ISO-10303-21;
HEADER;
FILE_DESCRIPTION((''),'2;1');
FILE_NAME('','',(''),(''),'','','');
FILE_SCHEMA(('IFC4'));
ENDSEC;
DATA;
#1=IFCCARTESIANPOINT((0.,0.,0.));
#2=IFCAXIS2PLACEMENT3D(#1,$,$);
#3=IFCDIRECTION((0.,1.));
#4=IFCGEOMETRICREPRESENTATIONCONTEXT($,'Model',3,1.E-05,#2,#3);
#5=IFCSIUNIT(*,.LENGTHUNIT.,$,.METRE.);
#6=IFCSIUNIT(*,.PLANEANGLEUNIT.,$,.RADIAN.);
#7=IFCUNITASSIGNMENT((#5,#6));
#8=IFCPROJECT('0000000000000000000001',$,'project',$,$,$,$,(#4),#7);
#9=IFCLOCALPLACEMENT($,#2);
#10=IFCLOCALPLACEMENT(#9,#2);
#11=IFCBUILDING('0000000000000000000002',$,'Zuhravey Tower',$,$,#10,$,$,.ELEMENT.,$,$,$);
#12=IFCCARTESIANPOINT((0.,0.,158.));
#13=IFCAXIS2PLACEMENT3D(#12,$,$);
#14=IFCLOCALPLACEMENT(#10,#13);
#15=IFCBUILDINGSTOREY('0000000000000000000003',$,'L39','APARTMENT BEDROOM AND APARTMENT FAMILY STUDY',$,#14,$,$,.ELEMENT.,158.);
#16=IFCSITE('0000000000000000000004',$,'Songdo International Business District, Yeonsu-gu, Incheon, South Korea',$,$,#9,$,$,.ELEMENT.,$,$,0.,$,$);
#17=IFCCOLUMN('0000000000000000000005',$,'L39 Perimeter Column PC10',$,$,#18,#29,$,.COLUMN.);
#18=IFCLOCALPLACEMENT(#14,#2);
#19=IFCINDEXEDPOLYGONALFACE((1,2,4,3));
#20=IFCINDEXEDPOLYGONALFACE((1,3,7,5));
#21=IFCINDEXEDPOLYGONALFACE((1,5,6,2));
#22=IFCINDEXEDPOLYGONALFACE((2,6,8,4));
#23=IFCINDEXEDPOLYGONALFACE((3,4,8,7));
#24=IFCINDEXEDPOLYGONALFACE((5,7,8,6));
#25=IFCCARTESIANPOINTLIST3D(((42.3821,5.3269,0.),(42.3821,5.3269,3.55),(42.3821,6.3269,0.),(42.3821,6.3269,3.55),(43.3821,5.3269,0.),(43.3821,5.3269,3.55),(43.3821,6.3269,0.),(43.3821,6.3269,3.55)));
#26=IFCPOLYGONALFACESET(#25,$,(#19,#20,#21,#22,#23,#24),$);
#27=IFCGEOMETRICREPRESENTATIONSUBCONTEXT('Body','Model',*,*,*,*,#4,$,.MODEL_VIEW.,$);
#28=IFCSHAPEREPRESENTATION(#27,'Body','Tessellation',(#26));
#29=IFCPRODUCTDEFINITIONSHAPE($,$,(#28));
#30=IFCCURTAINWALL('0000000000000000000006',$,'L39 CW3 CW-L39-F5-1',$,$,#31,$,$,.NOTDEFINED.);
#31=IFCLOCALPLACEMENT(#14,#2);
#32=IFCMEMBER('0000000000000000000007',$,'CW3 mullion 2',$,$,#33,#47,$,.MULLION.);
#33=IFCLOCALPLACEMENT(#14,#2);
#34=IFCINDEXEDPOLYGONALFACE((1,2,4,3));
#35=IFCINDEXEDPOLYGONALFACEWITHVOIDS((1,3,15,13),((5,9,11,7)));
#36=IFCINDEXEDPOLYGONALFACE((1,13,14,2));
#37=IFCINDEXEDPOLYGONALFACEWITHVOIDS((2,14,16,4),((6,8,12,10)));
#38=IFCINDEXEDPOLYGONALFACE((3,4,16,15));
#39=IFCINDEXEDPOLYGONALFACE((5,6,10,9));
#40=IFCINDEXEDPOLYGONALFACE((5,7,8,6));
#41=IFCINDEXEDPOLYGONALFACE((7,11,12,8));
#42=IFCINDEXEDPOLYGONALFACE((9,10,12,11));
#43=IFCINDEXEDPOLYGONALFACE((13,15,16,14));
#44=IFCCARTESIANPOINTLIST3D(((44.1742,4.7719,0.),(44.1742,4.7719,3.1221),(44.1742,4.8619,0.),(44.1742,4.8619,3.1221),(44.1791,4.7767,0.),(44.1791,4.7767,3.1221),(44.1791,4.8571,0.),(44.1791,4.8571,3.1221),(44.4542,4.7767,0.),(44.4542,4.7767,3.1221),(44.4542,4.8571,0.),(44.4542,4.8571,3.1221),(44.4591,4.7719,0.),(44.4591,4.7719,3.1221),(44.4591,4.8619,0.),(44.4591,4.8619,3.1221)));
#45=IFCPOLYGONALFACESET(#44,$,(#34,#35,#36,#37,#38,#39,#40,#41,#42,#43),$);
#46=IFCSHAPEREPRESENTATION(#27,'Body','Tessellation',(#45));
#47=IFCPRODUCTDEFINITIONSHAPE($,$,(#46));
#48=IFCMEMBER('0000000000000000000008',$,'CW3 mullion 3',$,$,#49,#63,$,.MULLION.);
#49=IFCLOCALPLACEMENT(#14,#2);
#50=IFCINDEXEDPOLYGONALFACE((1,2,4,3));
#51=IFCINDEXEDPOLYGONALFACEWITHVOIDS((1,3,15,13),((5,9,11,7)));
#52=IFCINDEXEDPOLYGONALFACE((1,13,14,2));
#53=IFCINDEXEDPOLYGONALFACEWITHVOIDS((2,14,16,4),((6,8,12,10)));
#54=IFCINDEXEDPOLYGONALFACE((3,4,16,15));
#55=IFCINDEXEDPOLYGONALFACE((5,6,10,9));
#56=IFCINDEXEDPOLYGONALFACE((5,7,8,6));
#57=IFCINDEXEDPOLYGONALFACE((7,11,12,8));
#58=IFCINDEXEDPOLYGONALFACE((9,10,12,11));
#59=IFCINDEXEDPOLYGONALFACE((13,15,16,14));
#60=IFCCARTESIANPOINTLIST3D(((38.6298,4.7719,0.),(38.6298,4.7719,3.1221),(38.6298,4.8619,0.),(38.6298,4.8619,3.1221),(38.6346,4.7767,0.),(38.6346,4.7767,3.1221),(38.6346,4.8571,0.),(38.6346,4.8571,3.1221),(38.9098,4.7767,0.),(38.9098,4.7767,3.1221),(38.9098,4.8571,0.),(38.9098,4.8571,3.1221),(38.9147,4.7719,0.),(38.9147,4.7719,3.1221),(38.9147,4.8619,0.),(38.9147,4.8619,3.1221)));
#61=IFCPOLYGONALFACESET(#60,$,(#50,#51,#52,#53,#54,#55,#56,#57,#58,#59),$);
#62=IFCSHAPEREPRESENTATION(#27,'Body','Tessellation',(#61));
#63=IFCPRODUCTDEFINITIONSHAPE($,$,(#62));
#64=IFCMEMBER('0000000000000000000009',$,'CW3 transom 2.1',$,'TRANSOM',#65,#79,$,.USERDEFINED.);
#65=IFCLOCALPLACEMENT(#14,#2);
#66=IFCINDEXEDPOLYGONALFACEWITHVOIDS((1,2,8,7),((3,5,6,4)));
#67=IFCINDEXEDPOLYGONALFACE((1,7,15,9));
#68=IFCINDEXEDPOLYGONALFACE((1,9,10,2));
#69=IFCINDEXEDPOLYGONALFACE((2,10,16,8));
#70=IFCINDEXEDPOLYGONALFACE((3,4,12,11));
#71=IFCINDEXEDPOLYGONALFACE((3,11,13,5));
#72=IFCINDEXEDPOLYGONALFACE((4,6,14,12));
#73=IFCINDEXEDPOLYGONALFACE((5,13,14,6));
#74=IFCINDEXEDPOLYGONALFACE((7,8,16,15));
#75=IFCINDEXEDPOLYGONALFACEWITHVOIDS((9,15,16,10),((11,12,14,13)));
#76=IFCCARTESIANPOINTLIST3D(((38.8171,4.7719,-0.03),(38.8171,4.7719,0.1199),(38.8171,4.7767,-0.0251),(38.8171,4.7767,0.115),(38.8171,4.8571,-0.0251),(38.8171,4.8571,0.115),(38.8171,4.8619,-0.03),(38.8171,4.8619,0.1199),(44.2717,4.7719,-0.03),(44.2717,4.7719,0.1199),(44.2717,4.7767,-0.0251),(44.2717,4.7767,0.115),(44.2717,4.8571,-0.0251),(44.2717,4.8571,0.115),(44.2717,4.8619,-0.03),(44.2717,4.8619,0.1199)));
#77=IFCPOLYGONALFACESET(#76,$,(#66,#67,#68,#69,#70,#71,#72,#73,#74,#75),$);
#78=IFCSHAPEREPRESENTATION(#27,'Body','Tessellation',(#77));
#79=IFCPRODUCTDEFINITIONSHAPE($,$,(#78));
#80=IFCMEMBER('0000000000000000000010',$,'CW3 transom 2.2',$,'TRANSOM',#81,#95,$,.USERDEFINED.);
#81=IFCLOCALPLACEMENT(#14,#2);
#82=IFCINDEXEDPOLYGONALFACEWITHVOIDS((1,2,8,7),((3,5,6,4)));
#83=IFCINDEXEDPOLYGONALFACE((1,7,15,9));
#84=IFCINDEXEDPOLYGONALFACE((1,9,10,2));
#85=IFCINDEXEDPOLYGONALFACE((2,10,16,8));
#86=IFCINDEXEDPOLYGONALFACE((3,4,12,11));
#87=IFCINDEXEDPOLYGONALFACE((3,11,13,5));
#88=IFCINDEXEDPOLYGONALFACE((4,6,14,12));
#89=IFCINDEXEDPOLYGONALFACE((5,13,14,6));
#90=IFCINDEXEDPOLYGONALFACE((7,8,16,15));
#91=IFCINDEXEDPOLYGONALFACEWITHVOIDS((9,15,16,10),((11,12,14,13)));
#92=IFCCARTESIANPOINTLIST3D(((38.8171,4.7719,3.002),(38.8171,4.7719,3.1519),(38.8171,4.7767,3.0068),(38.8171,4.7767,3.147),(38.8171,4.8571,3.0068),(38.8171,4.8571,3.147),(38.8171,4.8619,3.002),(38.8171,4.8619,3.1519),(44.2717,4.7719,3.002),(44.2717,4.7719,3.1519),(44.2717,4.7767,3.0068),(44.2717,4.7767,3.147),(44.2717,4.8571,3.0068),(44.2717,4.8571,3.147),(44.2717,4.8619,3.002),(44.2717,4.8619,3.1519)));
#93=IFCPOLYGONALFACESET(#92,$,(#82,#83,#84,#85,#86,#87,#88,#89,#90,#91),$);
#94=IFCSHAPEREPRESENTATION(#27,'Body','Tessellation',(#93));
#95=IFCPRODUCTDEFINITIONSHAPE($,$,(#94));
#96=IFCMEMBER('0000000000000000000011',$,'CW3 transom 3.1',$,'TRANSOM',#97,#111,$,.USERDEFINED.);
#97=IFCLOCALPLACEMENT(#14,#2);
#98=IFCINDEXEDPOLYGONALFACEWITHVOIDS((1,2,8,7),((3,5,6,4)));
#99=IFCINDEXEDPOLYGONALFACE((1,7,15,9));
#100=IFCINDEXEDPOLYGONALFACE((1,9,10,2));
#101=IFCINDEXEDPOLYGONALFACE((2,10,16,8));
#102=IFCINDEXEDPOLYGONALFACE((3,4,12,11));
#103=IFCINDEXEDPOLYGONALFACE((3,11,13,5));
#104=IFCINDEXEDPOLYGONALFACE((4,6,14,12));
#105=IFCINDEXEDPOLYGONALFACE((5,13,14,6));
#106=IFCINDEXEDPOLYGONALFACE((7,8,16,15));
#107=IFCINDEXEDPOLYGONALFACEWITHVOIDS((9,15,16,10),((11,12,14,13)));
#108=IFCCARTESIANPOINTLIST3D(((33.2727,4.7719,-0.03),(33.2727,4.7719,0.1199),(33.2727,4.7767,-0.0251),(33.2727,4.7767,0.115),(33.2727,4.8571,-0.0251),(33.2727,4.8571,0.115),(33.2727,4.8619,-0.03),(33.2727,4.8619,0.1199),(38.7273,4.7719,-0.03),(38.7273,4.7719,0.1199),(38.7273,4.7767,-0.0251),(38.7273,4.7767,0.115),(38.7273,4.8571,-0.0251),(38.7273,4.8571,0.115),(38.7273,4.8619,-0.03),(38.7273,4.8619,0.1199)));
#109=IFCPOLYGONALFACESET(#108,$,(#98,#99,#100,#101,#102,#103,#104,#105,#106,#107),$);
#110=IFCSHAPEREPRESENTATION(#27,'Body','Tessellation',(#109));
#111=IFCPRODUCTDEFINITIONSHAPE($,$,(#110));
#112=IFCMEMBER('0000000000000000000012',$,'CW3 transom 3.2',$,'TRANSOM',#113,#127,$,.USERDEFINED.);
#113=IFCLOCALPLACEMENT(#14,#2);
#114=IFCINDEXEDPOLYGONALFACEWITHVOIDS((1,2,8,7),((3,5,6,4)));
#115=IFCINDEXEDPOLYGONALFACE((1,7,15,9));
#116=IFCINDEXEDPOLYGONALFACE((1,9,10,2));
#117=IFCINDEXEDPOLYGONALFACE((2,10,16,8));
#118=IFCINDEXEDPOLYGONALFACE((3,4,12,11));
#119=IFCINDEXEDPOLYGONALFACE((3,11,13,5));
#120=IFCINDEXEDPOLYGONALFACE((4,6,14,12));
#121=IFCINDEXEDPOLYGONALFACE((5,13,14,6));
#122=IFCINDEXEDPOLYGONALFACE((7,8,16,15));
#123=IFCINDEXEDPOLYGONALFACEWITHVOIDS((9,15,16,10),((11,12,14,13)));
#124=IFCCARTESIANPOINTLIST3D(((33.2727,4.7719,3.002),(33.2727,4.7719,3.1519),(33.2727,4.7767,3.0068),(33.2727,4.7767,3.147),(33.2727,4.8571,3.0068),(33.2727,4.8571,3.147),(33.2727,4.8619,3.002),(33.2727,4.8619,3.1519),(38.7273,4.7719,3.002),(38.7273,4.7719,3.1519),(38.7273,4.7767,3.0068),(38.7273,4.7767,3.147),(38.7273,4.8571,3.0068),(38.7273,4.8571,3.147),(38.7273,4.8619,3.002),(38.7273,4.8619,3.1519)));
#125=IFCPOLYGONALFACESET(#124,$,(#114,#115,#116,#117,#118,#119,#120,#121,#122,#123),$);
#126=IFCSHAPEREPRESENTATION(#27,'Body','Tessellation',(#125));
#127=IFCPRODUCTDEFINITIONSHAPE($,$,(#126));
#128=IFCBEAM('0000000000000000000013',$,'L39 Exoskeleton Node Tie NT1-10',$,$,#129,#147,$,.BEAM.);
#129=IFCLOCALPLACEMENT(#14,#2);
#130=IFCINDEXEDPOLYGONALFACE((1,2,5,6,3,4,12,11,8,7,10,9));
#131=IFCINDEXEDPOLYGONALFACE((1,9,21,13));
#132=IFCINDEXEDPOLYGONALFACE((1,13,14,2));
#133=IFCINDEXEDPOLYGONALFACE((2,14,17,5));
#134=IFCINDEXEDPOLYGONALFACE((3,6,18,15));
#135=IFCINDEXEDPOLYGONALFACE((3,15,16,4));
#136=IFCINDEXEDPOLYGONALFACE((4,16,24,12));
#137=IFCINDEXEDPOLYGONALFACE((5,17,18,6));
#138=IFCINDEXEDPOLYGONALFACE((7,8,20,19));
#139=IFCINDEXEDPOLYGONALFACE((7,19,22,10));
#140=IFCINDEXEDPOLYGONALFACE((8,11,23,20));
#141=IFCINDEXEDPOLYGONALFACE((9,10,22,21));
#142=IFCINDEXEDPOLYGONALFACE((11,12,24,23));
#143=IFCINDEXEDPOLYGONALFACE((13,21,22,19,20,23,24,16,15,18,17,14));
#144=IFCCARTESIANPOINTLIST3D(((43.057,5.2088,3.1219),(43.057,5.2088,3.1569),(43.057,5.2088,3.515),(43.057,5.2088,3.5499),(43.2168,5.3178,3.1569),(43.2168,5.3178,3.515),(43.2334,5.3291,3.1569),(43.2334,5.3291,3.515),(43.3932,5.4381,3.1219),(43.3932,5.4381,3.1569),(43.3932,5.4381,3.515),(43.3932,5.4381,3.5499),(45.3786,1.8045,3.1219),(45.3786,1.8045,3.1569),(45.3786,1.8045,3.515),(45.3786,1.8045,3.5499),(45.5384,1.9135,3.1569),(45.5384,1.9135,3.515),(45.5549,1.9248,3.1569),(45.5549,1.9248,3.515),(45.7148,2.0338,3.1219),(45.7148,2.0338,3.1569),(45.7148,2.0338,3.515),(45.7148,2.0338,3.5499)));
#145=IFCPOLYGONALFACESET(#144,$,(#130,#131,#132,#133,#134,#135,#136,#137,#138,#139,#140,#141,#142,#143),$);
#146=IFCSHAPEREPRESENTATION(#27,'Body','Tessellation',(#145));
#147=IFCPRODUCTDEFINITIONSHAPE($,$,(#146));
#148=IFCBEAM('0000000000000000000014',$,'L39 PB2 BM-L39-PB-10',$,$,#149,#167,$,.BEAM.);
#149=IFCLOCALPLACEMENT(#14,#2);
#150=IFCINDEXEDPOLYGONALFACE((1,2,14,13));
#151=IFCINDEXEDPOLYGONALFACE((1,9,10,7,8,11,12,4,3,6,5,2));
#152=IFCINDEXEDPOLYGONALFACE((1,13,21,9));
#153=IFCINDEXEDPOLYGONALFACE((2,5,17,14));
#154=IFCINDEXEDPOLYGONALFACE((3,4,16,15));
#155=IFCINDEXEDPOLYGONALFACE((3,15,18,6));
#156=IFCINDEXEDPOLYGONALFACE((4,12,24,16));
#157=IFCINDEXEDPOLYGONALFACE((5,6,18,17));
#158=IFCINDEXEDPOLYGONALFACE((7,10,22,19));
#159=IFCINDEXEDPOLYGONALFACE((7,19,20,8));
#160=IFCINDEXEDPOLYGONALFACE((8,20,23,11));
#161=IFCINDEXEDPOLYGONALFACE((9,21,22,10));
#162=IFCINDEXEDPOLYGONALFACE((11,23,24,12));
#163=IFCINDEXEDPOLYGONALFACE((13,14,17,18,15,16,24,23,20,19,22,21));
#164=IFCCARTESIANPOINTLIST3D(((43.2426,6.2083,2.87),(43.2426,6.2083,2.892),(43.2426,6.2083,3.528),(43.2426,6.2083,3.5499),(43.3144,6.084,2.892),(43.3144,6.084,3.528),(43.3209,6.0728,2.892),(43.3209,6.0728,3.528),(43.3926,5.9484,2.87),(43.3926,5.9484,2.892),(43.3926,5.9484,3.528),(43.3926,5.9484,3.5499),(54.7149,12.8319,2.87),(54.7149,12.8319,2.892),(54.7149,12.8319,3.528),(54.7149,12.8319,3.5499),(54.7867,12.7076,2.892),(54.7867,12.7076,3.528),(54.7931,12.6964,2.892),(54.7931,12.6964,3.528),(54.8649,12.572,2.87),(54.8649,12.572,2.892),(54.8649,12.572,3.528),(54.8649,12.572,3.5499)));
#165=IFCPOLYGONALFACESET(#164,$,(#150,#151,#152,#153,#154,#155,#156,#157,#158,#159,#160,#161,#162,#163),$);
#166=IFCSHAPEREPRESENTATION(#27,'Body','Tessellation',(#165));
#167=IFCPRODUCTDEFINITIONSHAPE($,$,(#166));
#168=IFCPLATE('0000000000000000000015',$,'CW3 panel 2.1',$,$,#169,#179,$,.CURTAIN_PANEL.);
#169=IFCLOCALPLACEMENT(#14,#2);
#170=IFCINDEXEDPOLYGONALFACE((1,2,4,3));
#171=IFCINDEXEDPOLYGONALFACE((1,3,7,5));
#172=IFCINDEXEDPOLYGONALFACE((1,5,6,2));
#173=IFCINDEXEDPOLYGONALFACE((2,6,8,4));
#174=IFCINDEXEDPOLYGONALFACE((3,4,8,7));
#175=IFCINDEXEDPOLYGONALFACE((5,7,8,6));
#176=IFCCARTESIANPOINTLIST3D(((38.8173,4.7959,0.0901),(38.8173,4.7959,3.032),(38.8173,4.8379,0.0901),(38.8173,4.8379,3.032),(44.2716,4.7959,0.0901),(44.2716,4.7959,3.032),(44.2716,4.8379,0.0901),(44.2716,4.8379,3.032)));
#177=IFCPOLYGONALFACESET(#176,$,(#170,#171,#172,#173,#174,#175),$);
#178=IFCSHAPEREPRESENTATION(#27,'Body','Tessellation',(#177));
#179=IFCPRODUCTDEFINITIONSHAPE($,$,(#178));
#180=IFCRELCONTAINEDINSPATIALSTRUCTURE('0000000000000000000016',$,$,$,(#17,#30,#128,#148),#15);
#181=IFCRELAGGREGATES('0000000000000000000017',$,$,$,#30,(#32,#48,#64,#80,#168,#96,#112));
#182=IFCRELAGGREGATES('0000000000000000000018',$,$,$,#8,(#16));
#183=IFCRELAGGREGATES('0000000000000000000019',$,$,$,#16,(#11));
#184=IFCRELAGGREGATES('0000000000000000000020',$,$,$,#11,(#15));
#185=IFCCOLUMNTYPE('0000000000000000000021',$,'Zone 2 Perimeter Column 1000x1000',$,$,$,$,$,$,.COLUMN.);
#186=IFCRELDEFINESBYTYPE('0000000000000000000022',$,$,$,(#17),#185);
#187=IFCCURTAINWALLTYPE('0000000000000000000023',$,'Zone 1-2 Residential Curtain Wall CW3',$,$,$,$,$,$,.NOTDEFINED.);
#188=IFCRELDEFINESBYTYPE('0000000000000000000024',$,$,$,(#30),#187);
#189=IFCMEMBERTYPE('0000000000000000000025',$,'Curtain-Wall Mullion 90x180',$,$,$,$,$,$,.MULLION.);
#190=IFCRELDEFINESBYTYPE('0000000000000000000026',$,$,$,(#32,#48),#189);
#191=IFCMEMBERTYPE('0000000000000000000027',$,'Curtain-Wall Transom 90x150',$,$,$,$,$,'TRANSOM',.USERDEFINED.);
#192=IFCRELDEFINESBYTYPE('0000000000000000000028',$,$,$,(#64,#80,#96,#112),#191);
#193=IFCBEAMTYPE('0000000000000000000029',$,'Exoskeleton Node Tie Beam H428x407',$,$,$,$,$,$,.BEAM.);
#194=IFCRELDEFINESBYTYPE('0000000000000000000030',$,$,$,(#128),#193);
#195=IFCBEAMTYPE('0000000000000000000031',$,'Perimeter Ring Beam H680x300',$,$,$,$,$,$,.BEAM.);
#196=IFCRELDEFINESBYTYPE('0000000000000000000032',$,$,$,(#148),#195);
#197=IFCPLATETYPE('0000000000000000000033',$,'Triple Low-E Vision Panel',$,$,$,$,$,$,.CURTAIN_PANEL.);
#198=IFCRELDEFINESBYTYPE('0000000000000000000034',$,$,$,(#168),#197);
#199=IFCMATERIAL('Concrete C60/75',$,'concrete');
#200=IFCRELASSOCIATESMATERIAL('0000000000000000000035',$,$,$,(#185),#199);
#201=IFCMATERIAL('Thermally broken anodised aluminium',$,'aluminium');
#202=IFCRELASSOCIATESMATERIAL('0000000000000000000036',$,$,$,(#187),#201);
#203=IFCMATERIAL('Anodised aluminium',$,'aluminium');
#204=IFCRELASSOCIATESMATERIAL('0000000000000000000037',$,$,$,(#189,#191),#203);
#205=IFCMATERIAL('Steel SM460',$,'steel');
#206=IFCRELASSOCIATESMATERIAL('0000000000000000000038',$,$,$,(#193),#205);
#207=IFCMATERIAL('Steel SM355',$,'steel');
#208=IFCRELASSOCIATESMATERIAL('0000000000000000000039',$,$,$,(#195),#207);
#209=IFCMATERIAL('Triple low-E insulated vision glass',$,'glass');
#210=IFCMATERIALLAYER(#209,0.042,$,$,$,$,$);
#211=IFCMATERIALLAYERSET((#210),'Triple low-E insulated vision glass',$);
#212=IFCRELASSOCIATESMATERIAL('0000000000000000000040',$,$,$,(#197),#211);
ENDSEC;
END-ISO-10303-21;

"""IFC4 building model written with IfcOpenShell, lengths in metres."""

from ifc_helpers import new_model, si_unit, direction, frame, origin, origin_2d, place, context, subcontext, project, spatial, rectangle, hollow_rectangle, i_section, extrude, material, layer, layer_set, material_profile, profile_set, type_object, element, aggregate, save


model = new_model("IFC4")

# Units and contexts
model_context = context("Model", 3, precision=1e-05, world=origin(), true_north=direction((0.0, 1.0)))
body_context = subcontext(model_context, "Body", "Model", "MODEL_VIEW")
ifc_project = project(units=[si_unit("LENGTHUNIT", "METRE"), si_unit("PLANEANGLEUNIT", "RADIAN")], contexts=[model_context])

# Site, building, storey
site_placement = place(None, origin())
site = spatial("IfcSite", under=ifc_project, at=site_placement, Name="Songdo International Business District, Yeonsu-gu, Incheon, South Korea", CompositionType="ELEMENT", RefElevation=0.0)
building_placement = place(site_placement, origin())
building = spatial("IfcBuilding", under=site, at=building_placement, Name="Zuhravey Tower", CompositionType="ELEMENT")
storey_placement = place(building_placement, frame((0.0, 0.0, 158.0)))
storey = spatial("IfcBuildingStorey", under=building, at=storey_placement, Name="L39", Description="APARTMENT BEDROOM AND APARTMENT FAMILY STUDY", CompositionType="ELEMENT", Elevation=158.0)

# Column
ifc_material_1 = material(Name="Concrete C60/75", Category="concrete")
ifc_material_profile_1 = material_profile(ifc_material_1, rectangle(XDim=1.0, YDim=1.0, at=origin_2d()), Name="RC-1000x1000")
ifc_profile_set_1 = profile_set([ifc_material_profile_1], Name="Concrete C60/75")
column_type = type_object("IfcColumnType", Name="Zone 2 Perimeter Column 1000x1000", PredefinedType="COLUMN", material=ifc_profile_set_1)
column_placement = place(storey_placement, frame((42.8821, 5.8269, 0.0), z_axis=(0.0, 0.0, 1.0), x_axis=(1.0, 0.0, 0.0)))
element("IfcColumn", 1, at=column_placement, inside=storey, type_object=column_type, Name="L39 Perimeter Column PC10", PredefinedType="COLUMN", context=body_context, shape_type="SweptSolid", body=[
    extrude(rectangle(XDim=1.0, YDim=1.0, at=origin_2d()), origin(), (0.0, 0.0, 1.0), 3.55),
])

# Curtain wall, members
ifc_material_2 = material(Name="Thermally broken anodised aluminium", Category="aluminium")
curtain_wall_type = type_object("IfcCurtainWallType", Name="Zone 1-2 Residential Curtain Wall CW3", PredefinedType="NOTDEFINED", material=ifc_material_2)
curtain_wall_placement = place(storey_placement, origin())
curtain_wall = element("IfcCurtainWall", 2, at=curtain_wall_placement, inside=storey, type_object=curtain_wall_type, Name="L39 CW3 CW-L39-F5-1", PredefinedType="NOTDEFINED")
ifc_material_3 = material(Name="Anodised aluminium", Category="aluminium")
ifc_material_profile_2 = material_profile(ifc_material_3, hollow_rectangle(XDim=0.0901, YDim=0.2849, WallThickness=0.0049, at=origin_2d()), Name="ALU-RHS-90x285x5")
ifc_profile_set_2 = profile_set([ifc_material_profile_2], Name="Anodised aluminium")
member_type_1 = type_object("IfcMemberType", Name="Curtain-Wall Mullion 90x180", PredefinedType="MULLION", material=ifc_profile_set_2)
member_1_placement = place(storey_placement, frame((44.3167, 4.8169, 0.0), z_axis=(0.0, 0.0, 1.0), x_axis=(0.0, -1.0, 0.0)))
member_1 = element("IfcMember", 3, at=member_1_placement, type_object=member_type_1, Name="CW3 mullion 2", PredefinedType="MULLION", context=body_context, shape_type="SweptSolid", body=[
    extrude(hollow_rectangle(XDim=0.0901, YDim=0.2849, WallThickness=0.0049, at=origin_2d()), origin(), (0.0, 0.0, 1.0), 3.1221),
])
member_2_placement = place(storey_placement, frame((38.7722, 4.8169, 0.0), z_axis=(0.0, 0.0, 1.0), x_axis=(0.0, -1.0, 0.0)))
member_2 = element("IfcMember", 4, at=member_2_placement, type_object=member_type_1, Name="CW3 mullion 3", PredefinedType="MULLION", context=body_context, shape_type="SweptSolid", body=[
    extrude(hollow_rectangle(XDim=0.0901, YDim=0.2849, WallThickness=0.0049, at=origin_2d()), origin(), (0.0, 0.0, 1.0), 3.1221),
])
ifc_material_profile_3 = material_profile(ifc_material_3, hollow_rectangle(XDim=0.0901, YDim=0.1499, WallThickness=0.0049, at=origin_2d()), Name="ALU-RHS-90x150x5")
ifc_profile_set_3 = profile_set([ifc_material_profile_3], Name="Anodised aluminium")
member_type_2 = type_object("IfcMemberType", Name="Curtain-Wall Transom 90x150", ElementType="TRANSOM", PredefinedType="USERDEFINED", material=ifc_profile_set_3)
member_3_placement = place(storey_placement, frame((44.2717, 4.8169, 0.0449), z_axis=(-1.0, 0.0, 0.0), x_axis=(0.0, -1.0, 0.0)))
member_3 = element("IfcMember", 5, at=member_3_placement, type_object=member_type_2, Name="CW3 transom 2.1", ObjectType="TRANSOM", PredefinedType="USERDEFINED", context=body_context, shape_type="SweptSolid", body=[
    extrude(hollow_rectangle(XDim=0.0901, YDim=0.1499, WallThickness=0.0049, at=origin_2d()), origin(), (0.0, 0.0, 1.0), 5.4546),
])
member_4_placement = place(storey_placement, frame((44.2717, 4.8169, 3.0769), z_axis=(-1.0, 0.0, 0.0), x_axis=(0.0, -1.0, 0.0)))
member_4 = element("IfcMember", 6, at=member_4_placement, type_object=member_type_2, Name="CW3 transom 2.2", ObjectType="TRANSOM", PredefinedType="USERDEFINED", context=body_context, shape_type="SweptSolid", body=[
    extrude(hollow_rectangle(XDim=0.0901, YDim=0.1499, WallThickness=0.0049, at=origin_2d()), origin(), (0.0, 0.0, 1.0), 5.4546),
])
member_5_placement = place(storey_placement, frame((38.7273, 4.8169, 0.0449), z_axis=(-1.0, 0.0, 0.0), x_axis=(0.0, -1.0, 0.0)))
member_5 = element("IfcMember", 7, at=member_5_placement, type_object=member_type_2, Name="CW3 transom 3.1", ObjectType="TRANSOM", PredefinedType="USERDEFINED", context=body_context, shape_type="SweptSolid", body=[
    extrude(hollow_rectangle(XDim=0.0901, YDim=0.1499, WallThickness=0.0049, at=origin_2d()), origin(), (0.0, 0.0, 1.0), 5.4546),
])
member_6_placement = place(storey_placement, frame((38.7273, 4.8169, 3.0769), z_axis=(-1.0, 0.0, 0.0), x_axis=(0.0, -1.0, 0.0)))
member_6 = element("IfcMember", 8, at=member_6_placement, type_object=member_type_2, Name="CW3 transom 3.2", ObjectType="TRANSOM", PredefinedType="USERDEFINED", context=body_context, shape_type="SweptSolid", body=[
    extrude(hollow_rectangle(XDim=0.0901, YDim=0.1499, WallThickness=0.0049, at=origin_2d()), origin(), (0.0, 0.0, 1.0), 5.4546),
])

# Beams
ifc_material_4 = material(Name="Steel SM460", Category="steel")
ifc_material_profile_4 = material_profile(ifc_material_4, i_section(OverallWidth=0.407, OverallDepth=0.428, WebThickness=0.02, FlangeThickness=0.0349, at=origin_2d()), Name="H-428x407x20x35")
ifc_profile_set_4 = profile_set([ifc_material_profile_4], Name="Steel SM460")
beam_type_1 = type_object("IfcBeamType", Name="Exoskeleton Node Tie Beam H428x407", PredefinedType="BEAM", material=ifc_profile_set_4)
beam_1_placement = place(storey_placement, frame((43.2251, 5.3235, 3.3359), z_axis=(0.563407, -0.82618, 0.0), x_axis=(0.82618, 0.563407, 0.0)))
element("IfcBeam", 9, at=beam_1_placement, inside=storey, type_object=beam_type_1, Name="L39 Exoskeleton Node Tie NT1-10", PredefinedType="BEAM", context=body_context, shape_type="SweptSolid", body=[
    extrude(i_section(OverallWidth=0.407, OverallDepth=0.428, WebThickness=0.02, FlangeThickness=0.0349, at=origin_2d()), origin(), (0.0, 0.0, 1.0), 4.1206),
])
ifc_material_5 = material(Name="Steel SM355", Category="steel")
ifc_material_profile_5 = material_profile(ifc_material_5, i_section(OverallWidth=0.3, OverallDepth=0.6799, WebThickness=0.0129, FlangeThickness=0.022, at=origin_2d()), Name="H-680x300x13x22")
ifc_profile_set_5 = profile_set([ifc_material_profile_5], Name="Steel SM355")
beam_type_2 = type_object("IfcBeamType", Name="Perimeter Ring Beam H680x300", PredefinedType="BEAM", material=ifc_profile_set_5)
beam_2_placement = place(storey_placement, frame((43.3176, 6.0784, 3.21), z_axis=(0.866023, 0.500004, 0.0), x_axis=(-0.500004, 0.866023, 0.0)))
element("IfcBeam", 10, at=beam_2_placement, inside=storey, type_object=beam_type_2, Name="L39 PB2 BM-L39-PB-10", PredefinedType="BEAM", context=body_context, shape_type="SweptSolid", body=[
    extrude(i_section(OverallWidth=0.3, OverallDepth=0.6799, WebThickness=0.0129, FlangeThickness=0.022, at=origin_2d()), origin(), (0.0, 0.0, 1.0), 13.2471),
])

# Plate
ifc_material_6 = material(Name="Triple low-E insulated vision glass", Category="glass")
ifc_layer_1 = layer(ifc_material_6, 0.042)
ifc_layer_set_1 = layer_set([ifc_layer_1], Name="Triple low-E insulated vision glass")
plate_type = type_object("IfcPlateType", Name="Triple Low-E Vision Panel", PredefinedType="CURTAIN_PANEL", material=ifc_layer_set_1)
plate_1_placement = place(storey_placement, frame((41.5444, 4.8169, 0.0901), z_axis=(0.0, 0.0, 1.0), x_axis=(-1.0, 0.0, 0.0)))
plate_1 = element("IfcPlate", 11, at=plate_1_placement, type_object=plate_type, Name="CW3 panel 2.1", PredefinedType="CURTAIN_PANEL", context=body_context, shape_type="SweptSolid", body=[
    extrude(rectangle(XDim=5.4543, YDim=0.042, at=origin_2d()), origin(), (0.0, 0.0, 1.0), 2.9419),
])
aggregate(curtain_wall, [member_1, member_2, member_3, member_4, plate_1, member_5, member_6])

save(model, "model.ifc")
